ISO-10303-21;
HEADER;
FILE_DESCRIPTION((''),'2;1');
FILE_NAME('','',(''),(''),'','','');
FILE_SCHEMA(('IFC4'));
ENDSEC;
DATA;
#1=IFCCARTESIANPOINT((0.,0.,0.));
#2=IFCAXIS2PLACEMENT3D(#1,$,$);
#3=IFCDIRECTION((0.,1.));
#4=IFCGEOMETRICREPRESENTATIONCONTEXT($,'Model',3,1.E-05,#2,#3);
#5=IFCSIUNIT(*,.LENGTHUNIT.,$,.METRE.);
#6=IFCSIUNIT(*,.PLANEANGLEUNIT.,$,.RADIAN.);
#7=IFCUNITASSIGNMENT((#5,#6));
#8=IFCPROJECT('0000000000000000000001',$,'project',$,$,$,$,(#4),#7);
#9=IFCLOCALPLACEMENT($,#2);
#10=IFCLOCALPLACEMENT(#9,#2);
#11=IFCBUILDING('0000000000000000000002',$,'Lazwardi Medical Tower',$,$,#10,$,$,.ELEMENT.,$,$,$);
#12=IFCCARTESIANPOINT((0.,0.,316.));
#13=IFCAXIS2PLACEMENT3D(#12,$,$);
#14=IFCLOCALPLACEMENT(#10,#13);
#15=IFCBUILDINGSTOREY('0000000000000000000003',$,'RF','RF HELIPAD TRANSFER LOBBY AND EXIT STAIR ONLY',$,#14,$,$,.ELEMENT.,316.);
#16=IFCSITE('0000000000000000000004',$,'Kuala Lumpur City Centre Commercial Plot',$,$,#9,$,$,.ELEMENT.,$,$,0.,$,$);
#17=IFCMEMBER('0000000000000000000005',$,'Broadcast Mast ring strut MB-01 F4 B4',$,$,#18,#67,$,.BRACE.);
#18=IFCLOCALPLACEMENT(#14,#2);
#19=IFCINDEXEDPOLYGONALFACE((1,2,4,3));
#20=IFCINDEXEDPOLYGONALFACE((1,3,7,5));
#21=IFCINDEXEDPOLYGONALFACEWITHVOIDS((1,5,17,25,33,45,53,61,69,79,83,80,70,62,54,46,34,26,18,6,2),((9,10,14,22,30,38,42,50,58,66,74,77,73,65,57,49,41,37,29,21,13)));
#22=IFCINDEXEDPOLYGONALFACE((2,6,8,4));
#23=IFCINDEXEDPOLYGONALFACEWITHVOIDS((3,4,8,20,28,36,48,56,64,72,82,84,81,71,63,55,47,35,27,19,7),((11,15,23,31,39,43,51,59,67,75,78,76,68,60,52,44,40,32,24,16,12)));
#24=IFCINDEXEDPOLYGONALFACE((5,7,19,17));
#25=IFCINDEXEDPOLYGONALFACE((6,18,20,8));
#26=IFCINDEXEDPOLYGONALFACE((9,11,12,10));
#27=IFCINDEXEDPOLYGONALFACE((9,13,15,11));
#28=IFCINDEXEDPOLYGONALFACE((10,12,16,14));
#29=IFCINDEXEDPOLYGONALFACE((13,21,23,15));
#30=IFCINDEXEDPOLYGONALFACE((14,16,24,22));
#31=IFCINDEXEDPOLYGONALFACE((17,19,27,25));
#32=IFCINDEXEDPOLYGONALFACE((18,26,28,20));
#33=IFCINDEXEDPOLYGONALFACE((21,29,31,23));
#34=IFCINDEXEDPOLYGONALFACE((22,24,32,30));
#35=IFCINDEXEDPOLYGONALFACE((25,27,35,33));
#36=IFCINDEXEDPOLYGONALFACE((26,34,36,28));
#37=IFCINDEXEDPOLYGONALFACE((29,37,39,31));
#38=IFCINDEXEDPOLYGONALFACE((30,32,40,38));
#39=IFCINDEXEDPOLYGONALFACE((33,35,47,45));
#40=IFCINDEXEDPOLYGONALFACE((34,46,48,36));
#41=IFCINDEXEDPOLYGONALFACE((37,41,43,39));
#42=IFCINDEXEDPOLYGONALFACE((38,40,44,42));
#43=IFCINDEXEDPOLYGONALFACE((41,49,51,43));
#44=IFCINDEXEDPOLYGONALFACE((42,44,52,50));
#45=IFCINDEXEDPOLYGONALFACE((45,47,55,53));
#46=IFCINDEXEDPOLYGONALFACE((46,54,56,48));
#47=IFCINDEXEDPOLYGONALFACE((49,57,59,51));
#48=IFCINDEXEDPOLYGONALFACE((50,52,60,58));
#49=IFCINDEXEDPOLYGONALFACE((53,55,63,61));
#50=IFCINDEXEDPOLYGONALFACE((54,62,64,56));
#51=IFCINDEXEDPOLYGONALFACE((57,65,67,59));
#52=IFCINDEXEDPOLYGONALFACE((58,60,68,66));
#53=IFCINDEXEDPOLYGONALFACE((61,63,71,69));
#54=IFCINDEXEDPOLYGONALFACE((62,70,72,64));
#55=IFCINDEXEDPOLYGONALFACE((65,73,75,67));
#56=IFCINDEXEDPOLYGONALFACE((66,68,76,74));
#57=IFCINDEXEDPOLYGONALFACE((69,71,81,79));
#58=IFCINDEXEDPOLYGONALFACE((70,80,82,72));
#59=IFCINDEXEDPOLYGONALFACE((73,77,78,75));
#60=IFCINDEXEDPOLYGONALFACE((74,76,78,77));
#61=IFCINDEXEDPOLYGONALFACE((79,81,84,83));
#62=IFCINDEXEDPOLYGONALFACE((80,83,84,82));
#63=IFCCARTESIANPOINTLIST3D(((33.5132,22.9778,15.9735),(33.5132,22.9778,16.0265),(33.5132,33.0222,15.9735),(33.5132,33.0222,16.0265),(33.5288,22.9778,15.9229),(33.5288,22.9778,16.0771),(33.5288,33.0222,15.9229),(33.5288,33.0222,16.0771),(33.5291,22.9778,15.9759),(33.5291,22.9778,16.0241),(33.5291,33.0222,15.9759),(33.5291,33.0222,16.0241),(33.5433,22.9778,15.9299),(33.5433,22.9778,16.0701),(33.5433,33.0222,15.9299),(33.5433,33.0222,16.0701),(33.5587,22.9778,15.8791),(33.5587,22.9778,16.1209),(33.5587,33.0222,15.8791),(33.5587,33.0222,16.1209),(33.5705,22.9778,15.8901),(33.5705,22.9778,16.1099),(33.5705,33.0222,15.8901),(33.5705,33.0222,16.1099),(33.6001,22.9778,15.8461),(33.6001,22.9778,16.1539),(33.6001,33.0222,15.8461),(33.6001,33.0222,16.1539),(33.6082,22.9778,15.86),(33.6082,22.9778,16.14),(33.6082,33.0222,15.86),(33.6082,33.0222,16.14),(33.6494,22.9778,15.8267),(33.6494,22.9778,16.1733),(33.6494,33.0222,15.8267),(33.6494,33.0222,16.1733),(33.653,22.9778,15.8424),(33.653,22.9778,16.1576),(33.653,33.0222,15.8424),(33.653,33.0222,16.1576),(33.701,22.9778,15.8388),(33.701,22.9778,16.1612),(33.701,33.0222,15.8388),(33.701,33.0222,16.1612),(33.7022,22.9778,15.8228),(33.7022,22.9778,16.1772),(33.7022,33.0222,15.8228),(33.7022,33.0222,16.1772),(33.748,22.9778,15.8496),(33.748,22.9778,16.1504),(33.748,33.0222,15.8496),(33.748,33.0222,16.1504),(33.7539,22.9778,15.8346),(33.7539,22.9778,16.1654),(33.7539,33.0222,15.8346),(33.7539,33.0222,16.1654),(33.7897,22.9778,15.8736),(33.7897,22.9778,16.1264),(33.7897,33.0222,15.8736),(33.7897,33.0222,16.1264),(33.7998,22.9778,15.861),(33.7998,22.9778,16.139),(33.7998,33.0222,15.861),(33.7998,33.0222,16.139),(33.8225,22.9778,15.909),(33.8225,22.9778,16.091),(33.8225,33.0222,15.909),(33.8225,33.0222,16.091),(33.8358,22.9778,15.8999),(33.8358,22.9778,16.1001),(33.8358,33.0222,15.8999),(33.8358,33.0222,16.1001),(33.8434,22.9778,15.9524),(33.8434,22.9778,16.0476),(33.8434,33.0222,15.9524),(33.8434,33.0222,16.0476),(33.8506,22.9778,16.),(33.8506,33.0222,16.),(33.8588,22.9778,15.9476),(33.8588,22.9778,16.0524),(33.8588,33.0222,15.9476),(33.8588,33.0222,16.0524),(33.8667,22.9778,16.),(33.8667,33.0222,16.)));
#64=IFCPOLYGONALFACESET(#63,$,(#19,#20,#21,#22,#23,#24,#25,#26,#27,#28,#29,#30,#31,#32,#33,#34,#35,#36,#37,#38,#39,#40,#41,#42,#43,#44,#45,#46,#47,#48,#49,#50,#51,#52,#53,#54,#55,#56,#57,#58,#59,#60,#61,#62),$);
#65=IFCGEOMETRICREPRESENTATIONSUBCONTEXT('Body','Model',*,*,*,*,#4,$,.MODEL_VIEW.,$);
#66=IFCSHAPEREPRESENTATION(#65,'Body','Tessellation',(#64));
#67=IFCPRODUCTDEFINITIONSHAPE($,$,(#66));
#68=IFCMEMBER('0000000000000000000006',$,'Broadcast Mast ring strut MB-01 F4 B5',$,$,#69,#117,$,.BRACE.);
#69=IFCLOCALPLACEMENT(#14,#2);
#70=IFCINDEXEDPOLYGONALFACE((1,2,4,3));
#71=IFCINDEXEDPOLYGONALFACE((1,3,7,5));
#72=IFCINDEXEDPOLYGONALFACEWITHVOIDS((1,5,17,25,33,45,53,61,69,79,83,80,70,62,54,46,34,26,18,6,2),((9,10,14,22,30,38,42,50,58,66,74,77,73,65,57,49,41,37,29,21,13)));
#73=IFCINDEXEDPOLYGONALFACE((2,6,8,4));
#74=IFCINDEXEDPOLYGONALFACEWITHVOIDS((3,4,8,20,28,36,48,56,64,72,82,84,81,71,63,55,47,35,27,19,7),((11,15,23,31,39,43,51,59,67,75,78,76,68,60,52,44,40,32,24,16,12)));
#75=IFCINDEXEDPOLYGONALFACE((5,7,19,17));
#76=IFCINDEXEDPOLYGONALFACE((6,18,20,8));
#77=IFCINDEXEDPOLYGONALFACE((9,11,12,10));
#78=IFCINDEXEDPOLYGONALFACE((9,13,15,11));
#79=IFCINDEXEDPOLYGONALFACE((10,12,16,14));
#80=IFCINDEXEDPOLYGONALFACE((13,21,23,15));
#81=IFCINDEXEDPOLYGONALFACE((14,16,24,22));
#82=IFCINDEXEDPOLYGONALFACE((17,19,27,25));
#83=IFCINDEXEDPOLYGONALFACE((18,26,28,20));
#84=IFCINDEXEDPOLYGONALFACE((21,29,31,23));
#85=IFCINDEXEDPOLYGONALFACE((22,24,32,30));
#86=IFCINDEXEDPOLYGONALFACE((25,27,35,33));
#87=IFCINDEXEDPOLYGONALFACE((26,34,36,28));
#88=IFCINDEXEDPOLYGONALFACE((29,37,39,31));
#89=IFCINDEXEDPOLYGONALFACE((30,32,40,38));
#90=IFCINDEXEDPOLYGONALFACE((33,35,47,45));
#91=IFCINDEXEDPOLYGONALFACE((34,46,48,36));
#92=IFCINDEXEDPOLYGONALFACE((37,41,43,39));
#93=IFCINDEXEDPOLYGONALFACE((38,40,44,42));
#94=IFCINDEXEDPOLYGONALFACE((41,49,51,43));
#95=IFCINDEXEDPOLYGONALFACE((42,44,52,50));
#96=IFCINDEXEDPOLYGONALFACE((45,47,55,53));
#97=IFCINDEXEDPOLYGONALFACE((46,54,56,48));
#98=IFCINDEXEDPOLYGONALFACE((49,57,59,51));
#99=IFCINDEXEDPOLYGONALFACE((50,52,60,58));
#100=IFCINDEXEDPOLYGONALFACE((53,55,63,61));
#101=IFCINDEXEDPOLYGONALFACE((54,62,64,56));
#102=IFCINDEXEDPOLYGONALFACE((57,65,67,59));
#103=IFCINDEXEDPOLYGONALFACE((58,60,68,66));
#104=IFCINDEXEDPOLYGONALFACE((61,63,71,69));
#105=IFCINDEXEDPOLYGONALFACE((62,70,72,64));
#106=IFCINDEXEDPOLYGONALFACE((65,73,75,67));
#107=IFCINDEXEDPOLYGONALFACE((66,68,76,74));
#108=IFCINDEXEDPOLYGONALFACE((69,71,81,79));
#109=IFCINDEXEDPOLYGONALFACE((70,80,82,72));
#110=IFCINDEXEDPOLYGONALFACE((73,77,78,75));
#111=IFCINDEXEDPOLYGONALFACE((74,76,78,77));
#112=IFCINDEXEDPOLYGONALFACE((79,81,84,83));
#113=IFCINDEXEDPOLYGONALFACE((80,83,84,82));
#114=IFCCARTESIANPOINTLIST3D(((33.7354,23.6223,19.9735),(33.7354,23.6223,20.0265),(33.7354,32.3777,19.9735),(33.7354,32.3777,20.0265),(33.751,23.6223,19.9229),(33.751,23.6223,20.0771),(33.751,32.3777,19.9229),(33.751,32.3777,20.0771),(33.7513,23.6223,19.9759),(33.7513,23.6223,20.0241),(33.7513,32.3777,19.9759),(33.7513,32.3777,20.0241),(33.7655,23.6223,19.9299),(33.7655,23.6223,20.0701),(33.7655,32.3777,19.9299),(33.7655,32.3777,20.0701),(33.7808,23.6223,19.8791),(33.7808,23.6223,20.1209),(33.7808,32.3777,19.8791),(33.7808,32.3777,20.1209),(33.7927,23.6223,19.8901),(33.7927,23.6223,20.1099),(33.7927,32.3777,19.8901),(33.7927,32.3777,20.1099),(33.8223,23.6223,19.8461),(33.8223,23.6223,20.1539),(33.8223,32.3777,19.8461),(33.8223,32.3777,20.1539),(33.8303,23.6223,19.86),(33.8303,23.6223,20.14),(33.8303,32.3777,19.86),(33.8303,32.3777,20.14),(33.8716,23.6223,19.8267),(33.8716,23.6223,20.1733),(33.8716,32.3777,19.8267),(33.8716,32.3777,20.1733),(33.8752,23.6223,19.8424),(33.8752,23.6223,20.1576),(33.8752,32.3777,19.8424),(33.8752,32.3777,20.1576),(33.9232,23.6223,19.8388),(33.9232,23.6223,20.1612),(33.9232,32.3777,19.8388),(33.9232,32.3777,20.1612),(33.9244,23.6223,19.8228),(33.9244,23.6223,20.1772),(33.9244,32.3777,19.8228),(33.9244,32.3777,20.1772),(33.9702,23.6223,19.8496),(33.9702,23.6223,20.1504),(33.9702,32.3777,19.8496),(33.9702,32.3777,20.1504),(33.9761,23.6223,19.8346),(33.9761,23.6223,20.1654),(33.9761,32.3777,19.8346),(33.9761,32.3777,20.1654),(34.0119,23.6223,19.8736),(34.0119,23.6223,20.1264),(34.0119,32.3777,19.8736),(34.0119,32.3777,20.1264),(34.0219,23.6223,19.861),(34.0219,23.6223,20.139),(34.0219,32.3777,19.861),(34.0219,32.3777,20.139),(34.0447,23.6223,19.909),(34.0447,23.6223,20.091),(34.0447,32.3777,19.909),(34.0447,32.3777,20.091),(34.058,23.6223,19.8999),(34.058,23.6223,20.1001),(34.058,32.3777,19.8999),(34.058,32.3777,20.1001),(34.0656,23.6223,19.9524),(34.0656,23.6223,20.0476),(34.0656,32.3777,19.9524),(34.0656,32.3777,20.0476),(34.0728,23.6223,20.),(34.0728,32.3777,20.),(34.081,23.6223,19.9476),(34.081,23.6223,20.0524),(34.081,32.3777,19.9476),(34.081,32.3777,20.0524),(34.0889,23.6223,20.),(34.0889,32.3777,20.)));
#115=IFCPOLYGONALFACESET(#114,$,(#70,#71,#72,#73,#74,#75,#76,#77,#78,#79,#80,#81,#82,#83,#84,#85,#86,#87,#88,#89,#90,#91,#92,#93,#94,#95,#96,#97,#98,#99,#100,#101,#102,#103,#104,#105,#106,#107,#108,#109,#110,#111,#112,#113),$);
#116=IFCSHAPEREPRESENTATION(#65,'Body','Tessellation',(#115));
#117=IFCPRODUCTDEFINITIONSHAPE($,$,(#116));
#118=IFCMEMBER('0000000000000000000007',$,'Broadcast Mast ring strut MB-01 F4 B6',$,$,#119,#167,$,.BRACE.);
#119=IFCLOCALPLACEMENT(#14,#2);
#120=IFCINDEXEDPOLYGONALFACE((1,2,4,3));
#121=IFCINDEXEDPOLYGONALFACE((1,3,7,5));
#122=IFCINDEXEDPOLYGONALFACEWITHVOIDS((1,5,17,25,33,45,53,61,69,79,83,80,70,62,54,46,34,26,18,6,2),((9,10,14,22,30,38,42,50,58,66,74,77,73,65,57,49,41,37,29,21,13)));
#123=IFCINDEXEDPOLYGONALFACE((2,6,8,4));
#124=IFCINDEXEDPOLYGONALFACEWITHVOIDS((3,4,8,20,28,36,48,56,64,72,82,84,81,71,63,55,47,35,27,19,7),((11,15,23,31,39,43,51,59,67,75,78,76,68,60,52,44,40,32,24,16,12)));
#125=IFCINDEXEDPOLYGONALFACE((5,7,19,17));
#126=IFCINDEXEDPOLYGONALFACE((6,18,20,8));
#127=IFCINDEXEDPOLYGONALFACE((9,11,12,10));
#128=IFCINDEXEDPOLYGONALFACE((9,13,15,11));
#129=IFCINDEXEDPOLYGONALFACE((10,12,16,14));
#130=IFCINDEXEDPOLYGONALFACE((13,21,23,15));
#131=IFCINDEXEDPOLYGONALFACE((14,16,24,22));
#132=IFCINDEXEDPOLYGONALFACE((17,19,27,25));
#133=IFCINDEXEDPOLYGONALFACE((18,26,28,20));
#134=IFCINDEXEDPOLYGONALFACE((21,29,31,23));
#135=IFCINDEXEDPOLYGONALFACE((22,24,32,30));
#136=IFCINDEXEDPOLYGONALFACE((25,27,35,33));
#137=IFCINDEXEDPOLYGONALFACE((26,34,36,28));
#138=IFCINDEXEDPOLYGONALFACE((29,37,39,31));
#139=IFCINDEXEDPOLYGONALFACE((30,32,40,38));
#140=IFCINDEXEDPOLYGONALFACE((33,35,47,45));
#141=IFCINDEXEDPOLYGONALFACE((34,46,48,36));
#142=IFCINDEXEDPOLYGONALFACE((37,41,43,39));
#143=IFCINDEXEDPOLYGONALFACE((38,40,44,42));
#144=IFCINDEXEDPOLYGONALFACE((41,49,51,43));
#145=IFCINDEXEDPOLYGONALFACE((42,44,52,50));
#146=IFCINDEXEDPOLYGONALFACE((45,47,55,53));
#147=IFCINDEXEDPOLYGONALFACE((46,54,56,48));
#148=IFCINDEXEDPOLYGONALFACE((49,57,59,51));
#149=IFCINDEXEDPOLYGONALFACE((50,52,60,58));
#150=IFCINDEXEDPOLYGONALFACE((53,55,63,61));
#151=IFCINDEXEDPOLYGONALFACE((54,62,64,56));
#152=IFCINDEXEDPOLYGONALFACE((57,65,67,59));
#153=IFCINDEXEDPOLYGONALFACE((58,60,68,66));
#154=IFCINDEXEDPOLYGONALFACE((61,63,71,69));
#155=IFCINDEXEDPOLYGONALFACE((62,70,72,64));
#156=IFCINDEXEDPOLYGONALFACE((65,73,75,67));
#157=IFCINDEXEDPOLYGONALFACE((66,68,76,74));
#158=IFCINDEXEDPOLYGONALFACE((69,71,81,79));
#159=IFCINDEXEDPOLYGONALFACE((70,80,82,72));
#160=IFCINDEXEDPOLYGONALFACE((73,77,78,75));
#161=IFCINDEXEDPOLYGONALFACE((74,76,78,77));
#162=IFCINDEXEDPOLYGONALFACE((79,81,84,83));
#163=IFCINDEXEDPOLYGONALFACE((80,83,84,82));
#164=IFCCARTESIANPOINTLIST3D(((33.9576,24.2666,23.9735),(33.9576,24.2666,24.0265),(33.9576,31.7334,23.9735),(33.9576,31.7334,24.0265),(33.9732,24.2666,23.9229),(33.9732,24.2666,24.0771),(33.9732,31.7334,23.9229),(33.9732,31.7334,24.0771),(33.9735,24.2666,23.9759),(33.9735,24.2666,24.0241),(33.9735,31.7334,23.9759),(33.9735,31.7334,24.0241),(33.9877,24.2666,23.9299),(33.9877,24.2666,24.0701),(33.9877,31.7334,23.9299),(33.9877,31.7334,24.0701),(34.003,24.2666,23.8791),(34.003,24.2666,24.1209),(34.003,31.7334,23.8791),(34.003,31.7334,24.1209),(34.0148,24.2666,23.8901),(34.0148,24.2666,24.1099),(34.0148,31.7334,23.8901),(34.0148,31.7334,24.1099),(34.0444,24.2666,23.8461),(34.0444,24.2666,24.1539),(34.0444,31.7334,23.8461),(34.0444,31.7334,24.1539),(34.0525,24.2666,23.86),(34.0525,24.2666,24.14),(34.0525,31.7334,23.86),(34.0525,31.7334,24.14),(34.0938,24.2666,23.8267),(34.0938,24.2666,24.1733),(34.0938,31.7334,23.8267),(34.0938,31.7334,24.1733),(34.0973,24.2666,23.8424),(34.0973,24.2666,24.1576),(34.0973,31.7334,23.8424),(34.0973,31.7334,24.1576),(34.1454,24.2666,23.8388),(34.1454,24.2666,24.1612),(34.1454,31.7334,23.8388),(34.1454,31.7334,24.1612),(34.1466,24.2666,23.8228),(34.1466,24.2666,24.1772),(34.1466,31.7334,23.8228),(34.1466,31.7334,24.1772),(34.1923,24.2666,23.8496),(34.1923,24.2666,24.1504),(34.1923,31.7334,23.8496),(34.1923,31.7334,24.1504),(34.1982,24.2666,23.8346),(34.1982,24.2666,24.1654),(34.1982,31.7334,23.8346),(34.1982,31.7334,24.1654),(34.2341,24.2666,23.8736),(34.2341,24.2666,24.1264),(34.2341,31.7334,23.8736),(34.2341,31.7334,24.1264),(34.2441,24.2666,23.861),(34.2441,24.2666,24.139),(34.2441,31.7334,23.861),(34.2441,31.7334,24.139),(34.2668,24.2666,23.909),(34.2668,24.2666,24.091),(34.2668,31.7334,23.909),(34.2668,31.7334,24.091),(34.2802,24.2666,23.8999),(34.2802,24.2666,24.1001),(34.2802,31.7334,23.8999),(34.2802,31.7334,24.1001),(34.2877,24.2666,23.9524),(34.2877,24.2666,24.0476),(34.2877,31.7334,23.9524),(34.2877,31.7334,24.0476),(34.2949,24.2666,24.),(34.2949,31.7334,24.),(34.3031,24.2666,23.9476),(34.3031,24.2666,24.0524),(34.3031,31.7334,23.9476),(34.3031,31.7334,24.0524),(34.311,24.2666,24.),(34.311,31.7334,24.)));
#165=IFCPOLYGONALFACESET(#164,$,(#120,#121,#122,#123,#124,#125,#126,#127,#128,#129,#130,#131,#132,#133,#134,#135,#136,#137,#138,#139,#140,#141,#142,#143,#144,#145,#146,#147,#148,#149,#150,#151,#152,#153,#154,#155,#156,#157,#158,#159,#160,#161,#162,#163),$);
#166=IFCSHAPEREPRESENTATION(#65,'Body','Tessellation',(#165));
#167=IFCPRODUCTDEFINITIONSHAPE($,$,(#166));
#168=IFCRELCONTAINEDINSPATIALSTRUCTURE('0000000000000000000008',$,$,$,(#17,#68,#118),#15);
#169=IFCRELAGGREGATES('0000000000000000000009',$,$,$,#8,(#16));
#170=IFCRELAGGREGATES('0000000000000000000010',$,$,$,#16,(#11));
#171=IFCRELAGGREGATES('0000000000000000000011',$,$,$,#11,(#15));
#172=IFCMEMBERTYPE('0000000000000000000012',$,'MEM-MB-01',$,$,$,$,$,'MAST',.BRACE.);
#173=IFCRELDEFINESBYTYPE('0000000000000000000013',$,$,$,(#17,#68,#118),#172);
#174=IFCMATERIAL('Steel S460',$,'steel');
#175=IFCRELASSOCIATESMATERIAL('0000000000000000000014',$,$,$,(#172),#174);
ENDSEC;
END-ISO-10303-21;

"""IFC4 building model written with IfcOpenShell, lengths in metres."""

from ifc_helpers import new_model, si_unit, direction, frame, origin, origin_2d, place, context, subcontext, project, spatial, hollow_circle, extrude, material, material_profile, profile_set, type_object, element, save


model = new_model("IFC4")

# Units and contexts
model_context = context("Model", 3, precision=1e-05, world=origin(), true_north=direction((0.0, 1.0)))
body_context = subcontext(model_context, "Body", "Model", "MODEL_VIEW")
ifc_project = project(units=[si_unit("LENGTHUNIT", "METRE"), si_unit("PLANEANGLEUNIT", "RADIAN")], contexts=[model_context])

# Site, building, storey
site_placement = place(None, origin())
site = spatial("IfcSite", under=ifc_project, at=site_placement, Name="Kuala Lumpur City Centre Commercial Plot", CompositionType="ELEMENT", RefElevation=0.0)
building_placement = place(site_placement, origin())
building = spatial("IfcBuilding", under=site, at=building_placement, Name="Lazwardi Medical Tower", CompositionType="ELEMENT")
storey_placement = place(building_placement, frame((0.0, 0.0, 316.0)))
storey = spatial("IfcBuildingStorey", under=building, at=storey_placement, Name="RF", Description="RF HELIPAD TRANSFER LOBBY AND EXIT STAIR ONLY", CompositionType="ELEMENT", Elevation=316.0)

# Members
ifc_material = material(Name="Steel S460", Category="steel")
ifc_material_profile_1 = material_profile(ifc_material, hollow_circle(Radius=0.1777, WallThickness=0.0161, at=origin_2d()), Name="CHS 355.6x16")
ifc_profile_set_1 = profile_set([ifc_material_profile_1], Name="Steel S460")
member_type_1 = type_object("IfcMemberType", Name="MEM-MB-01", ElementType="MAST", PredefinedType="BRACE", material=ifc_profile_set_1)
member_1_placement = place(storey_placement, frame((33.689, 33.0222, 16.0), z_axis=(0.0, -1.0, 0.0), x_axis=(1.0, 0.0, 0.0)))
element("IfcMember", 1, at=member_1_placement, inside=storey, type_object=member_type_1, Name="Broadcast Mast ring strut MB-01 F4 B4", PredefinedType="BRACE", context=body_context, shape_type="SweptSolid", body=[
    extrude(hollow_circle(Radius=0.1777, WallThickness=0.0161, at=origin_2d()), origin(), (0.0, 0.0, 1.0), 10.0444),
])
member_2_placement = place(storey_placement, frame((33.9111, 32.3777, 20.0), z_axis=(0.0, -1.0, 0.0), x_axis=(1.0, 0.0, 0.0)))
element("IfcMember", 2, at=member_2_placement, inside=storey, type_object=member_type_1, Name="Broadcast Mast ring strut MB-01 F4 B5", PredefinedType="BRACE", context=body_context, shape_type="SweptSolid", body=[
    extrude(hollow_circle(Radius=0.1777, WallThickness=0.0161, at=origin_2d()), origin(), (0.0, 0.0, 1.0), 8.7554),
])
member_3_placement = place(storey_placement, frame((34.1333, 31.7334, 24.0), z_axis=(0.0, -1.0, 0.0), x_axis=(1.0, 0.0, 0.0)))
element("IfcMember", 3, at=member_3_placement, inside=storey, type_object=member_type_1, Name="Broadcast Mast ring strut MB-01 F4 B6", PredefinedType="BRACE", context=body_context, shape_type="SweptSolid", body=[
    extrude(hollow_circle(Radius=0.1777, WallThickness=0.0161, at=origin_2d()), origin(), (0.0, 0.0, 1.0), 7.4668),
])

save(model, "model.ifc")
